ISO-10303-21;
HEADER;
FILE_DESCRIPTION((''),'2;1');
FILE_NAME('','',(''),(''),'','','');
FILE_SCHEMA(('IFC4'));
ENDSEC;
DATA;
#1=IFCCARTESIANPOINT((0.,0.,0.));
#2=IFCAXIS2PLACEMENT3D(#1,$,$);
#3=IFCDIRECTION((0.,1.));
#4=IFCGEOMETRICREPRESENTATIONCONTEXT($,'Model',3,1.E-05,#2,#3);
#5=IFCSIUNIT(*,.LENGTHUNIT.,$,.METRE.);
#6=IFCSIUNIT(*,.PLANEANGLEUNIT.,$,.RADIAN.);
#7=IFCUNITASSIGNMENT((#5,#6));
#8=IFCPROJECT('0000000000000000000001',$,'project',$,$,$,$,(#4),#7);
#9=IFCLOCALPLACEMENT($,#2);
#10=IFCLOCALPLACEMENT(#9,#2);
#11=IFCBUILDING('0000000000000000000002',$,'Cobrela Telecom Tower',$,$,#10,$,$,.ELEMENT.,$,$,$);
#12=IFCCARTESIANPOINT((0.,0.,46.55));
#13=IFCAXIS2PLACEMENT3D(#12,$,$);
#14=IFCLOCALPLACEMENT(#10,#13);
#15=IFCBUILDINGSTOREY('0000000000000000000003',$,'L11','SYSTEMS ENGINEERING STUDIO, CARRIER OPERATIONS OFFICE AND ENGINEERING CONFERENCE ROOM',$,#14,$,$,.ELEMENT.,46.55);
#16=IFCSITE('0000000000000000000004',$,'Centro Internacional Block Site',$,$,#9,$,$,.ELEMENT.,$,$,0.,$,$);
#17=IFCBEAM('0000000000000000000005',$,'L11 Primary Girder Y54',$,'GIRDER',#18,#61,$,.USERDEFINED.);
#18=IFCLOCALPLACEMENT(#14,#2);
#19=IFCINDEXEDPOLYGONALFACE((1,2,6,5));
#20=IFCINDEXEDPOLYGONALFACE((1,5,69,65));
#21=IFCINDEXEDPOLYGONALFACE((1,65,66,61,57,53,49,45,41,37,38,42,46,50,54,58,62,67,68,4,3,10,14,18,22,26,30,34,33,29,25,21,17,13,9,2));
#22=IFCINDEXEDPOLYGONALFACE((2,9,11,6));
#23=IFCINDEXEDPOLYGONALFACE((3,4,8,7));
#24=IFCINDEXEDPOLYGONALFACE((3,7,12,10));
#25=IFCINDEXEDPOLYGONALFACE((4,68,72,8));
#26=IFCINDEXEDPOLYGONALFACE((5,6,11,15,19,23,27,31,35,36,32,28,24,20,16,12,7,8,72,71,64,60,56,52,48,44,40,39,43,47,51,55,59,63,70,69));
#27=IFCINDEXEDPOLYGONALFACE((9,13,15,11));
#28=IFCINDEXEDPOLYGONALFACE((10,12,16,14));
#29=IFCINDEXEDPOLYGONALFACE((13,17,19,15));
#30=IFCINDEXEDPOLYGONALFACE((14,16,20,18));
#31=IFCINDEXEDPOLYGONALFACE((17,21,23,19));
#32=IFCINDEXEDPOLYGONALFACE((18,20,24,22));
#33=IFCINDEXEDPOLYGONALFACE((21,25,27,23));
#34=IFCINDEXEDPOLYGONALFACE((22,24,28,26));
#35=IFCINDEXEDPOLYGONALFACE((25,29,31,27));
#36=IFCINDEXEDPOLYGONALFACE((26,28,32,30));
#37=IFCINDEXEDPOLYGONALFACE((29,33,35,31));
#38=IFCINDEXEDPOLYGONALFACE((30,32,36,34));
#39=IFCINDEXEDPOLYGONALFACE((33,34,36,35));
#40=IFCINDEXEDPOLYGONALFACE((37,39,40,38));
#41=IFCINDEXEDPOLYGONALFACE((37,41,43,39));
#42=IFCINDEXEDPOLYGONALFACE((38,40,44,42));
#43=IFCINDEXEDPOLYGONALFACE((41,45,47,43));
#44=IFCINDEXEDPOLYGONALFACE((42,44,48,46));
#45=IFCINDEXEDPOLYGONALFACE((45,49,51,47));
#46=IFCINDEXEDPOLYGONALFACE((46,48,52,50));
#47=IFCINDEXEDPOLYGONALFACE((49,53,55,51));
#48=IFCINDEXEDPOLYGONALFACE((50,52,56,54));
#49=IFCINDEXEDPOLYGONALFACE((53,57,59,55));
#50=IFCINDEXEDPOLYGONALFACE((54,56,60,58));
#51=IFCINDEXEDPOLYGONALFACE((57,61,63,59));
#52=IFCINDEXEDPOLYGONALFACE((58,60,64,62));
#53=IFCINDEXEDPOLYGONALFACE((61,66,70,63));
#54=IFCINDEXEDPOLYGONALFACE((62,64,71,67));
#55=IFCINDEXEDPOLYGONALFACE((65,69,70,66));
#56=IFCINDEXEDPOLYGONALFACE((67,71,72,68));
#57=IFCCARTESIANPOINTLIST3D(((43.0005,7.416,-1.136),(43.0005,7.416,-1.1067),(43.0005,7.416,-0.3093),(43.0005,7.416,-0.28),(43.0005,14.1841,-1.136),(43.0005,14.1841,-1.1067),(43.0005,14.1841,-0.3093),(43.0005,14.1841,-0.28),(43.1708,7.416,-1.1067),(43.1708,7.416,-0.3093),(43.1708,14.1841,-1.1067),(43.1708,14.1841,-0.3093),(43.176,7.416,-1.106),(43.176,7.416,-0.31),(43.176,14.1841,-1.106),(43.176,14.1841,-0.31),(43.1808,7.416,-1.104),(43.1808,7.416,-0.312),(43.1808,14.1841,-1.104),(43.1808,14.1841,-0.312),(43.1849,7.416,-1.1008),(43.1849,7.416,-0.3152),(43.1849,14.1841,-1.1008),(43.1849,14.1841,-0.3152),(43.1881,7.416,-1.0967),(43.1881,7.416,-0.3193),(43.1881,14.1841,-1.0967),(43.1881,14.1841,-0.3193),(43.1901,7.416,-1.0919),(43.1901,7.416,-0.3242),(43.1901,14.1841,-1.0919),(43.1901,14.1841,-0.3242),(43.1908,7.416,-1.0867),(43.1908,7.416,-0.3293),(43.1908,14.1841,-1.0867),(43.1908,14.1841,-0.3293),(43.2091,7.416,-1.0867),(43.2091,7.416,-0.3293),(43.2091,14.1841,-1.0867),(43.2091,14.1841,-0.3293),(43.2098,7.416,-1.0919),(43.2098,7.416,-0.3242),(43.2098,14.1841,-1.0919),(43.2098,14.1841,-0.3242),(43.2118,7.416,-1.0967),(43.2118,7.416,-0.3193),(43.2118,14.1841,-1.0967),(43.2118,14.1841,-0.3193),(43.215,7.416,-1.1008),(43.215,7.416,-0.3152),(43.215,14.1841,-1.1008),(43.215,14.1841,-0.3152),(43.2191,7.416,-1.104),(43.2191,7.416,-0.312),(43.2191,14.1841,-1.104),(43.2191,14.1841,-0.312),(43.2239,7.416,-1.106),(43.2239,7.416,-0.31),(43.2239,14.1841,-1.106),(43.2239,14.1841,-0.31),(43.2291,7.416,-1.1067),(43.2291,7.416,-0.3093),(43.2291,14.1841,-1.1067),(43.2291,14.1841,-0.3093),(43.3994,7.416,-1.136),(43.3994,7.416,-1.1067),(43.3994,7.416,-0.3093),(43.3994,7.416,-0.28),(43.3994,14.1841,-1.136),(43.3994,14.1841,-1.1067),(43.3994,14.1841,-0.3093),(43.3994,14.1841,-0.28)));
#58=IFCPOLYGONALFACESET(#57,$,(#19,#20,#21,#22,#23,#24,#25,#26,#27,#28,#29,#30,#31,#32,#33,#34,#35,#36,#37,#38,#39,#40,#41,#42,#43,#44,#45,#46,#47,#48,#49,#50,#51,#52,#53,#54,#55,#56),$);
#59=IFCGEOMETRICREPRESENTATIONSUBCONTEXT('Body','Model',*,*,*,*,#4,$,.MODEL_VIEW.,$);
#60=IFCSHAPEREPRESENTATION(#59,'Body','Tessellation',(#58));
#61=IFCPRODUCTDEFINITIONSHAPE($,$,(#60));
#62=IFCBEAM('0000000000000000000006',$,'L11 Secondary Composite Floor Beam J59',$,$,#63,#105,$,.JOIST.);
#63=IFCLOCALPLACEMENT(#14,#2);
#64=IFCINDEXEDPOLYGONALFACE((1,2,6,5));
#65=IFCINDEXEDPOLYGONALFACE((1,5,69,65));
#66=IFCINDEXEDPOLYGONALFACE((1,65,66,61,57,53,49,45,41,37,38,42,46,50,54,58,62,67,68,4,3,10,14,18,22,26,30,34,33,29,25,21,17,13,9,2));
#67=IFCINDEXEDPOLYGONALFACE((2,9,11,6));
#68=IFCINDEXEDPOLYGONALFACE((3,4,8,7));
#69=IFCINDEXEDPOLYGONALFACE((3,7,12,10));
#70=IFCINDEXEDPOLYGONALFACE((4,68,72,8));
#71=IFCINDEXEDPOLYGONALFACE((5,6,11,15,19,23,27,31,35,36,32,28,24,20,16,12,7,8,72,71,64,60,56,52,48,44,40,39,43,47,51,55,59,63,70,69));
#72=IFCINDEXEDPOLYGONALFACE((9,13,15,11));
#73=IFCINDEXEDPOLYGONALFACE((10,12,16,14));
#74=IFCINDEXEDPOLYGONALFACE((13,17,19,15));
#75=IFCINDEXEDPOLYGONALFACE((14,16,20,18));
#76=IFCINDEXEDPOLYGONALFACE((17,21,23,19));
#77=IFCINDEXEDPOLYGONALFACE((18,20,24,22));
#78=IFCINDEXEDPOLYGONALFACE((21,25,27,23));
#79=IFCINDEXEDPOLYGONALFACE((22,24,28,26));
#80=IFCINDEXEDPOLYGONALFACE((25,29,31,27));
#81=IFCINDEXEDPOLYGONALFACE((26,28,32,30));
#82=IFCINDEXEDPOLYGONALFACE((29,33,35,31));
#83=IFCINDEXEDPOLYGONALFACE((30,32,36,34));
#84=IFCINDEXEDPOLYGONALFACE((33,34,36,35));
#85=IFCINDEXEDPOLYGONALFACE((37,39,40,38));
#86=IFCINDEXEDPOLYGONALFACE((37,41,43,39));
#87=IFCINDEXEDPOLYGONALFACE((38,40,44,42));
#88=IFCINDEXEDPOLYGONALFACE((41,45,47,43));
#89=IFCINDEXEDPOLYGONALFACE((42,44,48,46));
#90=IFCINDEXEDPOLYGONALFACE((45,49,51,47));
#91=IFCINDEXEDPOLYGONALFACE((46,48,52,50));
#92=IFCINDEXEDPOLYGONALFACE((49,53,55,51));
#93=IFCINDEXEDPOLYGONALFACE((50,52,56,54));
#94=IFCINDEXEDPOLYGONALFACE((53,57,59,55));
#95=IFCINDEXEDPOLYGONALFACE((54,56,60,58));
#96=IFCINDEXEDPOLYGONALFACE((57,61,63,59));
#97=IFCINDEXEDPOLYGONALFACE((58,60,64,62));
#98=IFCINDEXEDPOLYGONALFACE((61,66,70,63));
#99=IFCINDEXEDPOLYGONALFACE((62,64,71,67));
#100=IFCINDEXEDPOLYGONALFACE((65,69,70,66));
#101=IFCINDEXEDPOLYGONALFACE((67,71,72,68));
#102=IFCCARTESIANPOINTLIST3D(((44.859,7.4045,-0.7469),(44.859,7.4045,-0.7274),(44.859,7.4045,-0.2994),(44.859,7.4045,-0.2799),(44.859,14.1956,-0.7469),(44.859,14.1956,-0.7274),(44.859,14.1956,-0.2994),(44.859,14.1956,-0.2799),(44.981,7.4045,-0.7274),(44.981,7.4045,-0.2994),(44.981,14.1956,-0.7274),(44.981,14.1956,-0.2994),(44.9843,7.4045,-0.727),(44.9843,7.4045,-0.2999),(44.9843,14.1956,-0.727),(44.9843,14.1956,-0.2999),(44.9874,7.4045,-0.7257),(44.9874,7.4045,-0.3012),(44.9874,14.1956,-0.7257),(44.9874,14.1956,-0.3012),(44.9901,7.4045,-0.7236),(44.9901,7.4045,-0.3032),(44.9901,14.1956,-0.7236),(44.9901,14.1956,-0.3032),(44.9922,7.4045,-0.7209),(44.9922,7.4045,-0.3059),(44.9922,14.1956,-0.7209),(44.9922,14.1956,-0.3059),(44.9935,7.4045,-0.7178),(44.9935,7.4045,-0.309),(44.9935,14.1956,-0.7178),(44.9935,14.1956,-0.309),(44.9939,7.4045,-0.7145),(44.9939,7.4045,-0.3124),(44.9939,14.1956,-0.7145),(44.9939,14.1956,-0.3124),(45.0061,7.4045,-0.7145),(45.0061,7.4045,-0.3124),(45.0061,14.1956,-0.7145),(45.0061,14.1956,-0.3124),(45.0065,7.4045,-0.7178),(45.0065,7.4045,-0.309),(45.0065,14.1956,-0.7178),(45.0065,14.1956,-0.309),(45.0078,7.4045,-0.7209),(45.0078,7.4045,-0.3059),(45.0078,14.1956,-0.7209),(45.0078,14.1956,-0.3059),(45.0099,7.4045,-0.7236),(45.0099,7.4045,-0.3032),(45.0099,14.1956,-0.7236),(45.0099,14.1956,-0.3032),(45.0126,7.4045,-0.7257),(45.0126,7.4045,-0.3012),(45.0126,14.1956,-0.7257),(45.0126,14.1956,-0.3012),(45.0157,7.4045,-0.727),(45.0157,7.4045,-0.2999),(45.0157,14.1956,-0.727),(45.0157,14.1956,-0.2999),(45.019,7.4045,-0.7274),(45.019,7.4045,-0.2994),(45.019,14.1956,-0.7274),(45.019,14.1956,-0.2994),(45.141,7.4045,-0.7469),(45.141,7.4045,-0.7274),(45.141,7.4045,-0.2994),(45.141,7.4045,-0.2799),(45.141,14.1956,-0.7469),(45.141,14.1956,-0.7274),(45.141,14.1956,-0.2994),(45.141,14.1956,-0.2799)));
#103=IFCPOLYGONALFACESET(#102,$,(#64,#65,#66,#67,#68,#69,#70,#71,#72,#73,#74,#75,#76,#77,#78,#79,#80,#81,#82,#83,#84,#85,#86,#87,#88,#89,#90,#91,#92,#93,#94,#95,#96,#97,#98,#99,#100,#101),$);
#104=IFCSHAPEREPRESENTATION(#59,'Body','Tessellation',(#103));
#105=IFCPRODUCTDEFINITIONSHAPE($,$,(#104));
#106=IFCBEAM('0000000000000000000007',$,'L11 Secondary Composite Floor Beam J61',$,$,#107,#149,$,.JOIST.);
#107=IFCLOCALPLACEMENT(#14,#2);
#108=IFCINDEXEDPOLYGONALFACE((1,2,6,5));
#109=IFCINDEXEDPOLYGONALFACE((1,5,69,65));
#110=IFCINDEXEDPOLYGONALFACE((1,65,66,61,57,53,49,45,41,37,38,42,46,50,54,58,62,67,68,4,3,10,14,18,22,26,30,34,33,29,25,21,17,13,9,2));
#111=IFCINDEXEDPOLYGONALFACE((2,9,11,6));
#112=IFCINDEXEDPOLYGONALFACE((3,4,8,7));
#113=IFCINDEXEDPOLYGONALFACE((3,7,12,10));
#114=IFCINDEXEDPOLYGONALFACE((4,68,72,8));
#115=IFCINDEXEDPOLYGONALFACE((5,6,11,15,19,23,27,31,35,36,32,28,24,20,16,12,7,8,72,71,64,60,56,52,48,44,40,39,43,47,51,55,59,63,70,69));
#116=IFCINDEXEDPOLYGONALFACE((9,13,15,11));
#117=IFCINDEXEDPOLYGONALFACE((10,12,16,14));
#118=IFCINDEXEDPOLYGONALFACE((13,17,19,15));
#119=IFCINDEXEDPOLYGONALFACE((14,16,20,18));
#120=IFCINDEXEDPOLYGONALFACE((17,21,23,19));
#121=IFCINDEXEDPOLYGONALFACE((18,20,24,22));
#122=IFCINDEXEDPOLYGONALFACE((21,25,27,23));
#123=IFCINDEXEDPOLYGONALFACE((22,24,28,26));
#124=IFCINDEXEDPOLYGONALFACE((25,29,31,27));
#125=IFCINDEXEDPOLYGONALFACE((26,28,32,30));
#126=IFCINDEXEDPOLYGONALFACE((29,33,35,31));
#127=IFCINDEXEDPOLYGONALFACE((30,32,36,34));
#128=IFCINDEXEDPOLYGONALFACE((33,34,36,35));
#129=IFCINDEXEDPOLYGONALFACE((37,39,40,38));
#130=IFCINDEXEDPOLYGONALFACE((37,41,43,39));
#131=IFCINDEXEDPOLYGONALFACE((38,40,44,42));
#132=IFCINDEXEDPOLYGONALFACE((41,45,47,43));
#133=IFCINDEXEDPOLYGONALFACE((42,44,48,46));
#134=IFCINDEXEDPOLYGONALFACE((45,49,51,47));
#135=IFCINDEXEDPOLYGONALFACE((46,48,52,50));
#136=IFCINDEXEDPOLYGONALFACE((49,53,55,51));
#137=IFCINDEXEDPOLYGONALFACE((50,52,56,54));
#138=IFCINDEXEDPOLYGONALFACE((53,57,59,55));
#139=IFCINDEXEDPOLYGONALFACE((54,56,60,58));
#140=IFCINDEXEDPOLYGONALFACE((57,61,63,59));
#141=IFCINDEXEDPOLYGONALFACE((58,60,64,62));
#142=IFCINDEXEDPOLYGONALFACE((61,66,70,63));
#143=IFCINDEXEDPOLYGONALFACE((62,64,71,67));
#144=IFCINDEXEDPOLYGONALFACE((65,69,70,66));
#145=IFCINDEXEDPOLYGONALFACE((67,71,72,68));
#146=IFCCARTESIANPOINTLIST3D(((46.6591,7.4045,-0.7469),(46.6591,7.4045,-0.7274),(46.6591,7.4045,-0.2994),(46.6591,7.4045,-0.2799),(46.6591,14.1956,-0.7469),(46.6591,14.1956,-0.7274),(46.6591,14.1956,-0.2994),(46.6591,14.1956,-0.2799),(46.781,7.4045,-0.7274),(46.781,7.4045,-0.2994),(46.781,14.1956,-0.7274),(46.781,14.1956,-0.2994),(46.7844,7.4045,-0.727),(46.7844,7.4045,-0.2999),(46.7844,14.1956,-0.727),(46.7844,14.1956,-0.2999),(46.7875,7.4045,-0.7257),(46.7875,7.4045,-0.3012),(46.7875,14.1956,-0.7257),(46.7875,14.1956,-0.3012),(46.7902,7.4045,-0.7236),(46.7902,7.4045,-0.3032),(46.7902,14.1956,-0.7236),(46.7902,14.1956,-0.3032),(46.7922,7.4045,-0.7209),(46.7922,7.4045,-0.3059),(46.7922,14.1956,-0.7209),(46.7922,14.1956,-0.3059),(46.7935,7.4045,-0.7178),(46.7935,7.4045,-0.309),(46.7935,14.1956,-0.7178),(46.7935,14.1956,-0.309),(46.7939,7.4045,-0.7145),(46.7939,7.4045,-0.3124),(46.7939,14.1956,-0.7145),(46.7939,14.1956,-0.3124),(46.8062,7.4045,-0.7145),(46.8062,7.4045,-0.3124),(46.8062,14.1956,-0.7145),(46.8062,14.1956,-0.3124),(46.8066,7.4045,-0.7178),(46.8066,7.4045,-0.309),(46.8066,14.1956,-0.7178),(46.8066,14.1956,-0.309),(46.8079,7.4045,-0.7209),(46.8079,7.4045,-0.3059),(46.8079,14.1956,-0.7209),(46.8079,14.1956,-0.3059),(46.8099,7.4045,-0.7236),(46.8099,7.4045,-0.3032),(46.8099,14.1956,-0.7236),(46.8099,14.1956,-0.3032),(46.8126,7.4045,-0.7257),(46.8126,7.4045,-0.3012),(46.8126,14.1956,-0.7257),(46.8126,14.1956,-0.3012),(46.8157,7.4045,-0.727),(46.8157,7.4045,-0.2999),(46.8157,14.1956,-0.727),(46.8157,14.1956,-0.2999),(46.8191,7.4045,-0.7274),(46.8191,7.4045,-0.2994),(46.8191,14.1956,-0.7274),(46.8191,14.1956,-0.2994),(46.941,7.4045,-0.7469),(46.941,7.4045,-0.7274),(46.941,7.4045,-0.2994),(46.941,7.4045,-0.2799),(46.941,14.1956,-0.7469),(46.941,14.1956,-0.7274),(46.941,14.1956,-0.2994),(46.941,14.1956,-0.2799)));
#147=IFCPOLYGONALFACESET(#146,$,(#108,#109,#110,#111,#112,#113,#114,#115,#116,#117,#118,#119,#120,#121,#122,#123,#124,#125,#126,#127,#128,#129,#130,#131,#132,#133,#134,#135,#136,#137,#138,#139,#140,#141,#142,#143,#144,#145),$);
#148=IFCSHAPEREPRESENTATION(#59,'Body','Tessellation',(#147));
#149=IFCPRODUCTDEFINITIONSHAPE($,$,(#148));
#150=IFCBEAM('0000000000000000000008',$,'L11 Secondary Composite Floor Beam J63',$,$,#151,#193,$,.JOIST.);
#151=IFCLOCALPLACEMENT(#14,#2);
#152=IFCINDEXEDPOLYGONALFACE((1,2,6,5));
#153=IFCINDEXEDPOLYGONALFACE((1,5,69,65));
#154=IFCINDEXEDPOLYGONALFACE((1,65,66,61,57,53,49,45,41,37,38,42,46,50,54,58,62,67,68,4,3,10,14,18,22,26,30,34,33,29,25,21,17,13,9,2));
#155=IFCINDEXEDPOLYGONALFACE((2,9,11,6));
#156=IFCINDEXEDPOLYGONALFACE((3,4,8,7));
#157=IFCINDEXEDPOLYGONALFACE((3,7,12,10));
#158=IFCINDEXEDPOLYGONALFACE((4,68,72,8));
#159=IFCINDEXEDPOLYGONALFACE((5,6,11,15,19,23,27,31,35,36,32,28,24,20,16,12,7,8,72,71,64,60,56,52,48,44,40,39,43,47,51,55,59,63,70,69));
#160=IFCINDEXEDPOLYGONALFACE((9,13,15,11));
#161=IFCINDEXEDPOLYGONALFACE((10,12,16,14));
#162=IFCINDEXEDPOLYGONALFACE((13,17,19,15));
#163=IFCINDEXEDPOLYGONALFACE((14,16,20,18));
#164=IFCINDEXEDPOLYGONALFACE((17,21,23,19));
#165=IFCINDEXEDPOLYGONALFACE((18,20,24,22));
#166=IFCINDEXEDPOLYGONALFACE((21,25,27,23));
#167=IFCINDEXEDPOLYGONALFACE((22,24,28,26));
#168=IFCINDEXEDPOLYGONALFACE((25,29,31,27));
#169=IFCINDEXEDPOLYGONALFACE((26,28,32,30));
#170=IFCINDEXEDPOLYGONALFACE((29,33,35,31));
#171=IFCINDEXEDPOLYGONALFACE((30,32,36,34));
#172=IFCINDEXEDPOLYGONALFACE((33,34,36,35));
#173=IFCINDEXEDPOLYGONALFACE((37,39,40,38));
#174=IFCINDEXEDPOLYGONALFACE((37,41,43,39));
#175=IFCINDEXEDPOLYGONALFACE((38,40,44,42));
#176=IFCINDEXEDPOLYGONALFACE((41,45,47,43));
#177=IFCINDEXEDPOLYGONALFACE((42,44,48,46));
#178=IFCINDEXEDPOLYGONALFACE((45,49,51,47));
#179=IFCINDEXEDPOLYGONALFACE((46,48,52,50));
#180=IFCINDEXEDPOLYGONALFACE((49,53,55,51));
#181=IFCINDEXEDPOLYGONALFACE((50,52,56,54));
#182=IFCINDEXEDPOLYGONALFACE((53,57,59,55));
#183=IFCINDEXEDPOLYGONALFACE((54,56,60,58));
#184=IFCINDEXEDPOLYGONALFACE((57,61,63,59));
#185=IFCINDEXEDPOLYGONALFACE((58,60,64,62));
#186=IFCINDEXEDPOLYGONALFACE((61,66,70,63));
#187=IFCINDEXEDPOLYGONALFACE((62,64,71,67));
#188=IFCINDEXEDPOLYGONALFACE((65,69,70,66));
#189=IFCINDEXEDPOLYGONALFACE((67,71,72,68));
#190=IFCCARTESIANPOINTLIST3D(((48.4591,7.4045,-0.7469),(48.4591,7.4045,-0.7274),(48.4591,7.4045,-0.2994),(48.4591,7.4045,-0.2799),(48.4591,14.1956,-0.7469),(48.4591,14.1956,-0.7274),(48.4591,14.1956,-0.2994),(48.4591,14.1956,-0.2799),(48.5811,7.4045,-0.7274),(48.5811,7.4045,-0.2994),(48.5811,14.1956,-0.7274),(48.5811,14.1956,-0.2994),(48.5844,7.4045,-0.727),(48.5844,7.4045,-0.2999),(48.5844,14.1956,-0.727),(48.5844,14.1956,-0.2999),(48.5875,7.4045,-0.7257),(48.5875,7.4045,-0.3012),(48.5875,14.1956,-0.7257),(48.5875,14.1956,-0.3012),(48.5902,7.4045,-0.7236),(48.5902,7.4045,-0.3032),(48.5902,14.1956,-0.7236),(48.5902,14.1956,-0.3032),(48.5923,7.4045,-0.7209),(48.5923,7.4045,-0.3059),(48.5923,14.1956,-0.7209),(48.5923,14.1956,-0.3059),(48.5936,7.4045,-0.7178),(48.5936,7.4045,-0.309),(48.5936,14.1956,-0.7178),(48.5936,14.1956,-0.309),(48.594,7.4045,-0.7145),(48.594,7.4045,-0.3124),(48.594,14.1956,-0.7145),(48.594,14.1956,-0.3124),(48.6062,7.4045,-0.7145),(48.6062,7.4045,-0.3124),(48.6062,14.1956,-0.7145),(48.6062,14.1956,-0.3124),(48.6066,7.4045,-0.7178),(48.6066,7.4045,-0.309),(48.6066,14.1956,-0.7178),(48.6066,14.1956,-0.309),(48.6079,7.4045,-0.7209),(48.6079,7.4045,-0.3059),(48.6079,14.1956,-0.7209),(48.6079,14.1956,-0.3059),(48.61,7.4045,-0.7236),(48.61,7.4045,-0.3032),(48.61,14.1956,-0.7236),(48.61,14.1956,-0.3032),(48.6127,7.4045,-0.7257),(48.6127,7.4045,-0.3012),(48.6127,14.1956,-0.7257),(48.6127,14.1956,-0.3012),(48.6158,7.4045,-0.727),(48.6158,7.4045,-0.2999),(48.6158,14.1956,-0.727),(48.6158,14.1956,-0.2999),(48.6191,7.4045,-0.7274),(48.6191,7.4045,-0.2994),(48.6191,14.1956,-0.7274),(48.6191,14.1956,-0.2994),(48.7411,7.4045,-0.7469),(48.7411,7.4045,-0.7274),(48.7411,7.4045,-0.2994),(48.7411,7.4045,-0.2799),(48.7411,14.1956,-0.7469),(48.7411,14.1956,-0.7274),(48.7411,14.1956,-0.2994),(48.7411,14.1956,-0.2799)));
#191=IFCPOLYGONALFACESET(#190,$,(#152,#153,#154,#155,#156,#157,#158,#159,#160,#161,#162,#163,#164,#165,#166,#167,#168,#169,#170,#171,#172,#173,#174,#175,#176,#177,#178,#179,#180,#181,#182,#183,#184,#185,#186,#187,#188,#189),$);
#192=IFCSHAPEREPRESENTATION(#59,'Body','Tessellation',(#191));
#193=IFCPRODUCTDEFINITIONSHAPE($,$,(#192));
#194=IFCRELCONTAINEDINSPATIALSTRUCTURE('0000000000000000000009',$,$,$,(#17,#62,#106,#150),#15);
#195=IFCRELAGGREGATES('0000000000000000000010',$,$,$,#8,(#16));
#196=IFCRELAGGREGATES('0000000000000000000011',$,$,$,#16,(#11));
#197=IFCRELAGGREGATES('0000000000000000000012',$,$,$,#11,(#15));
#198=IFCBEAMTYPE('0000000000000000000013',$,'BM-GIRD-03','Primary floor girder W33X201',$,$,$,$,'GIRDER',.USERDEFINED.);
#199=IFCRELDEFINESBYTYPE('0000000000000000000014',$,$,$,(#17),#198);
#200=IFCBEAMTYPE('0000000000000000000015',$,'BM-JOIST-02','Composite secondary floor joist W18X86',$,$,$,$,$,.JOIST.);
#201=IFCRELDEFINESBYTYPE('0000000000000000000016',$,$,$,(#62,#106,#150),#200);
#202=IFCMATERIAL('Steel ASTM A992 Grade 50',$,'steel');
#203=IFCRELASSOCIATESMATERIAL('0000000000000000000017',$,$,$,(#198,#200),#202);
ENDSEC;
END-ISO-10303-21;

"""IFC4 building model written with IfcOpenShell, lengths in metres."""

from ifc_helpers import new_model, si_unit, direction, frame, origin, origin_2d, place, context, subcontext, project, spatial, i_section, extrude, material, material_profile, profile_set, type_object, element, save


model = new_model("IFC4")

# Units and contexts
model_context = context("Model", 3, precision=1e-05, world=origin(), true_north=direction((0.0, 1.0)))
body_context = subcontext(model_context, "Body", "Model", "MODEL_VIEW")
ifc_project = project(units=[si_unit("LENGTHUNIT", "METRE"), si_unit("PLANEANGLEUNIT", "RADIAN")], contexts=[model_context])

# Site, building, storey
site_placement = place(None, origin())
site = spatial("IfcSite", under=ifc_project, at=site_placement, Name="Centro Internacional Block Site", CompositionType="ELEMENT", RefElevation=0.0)
building_placement = place(site_placement, origin())
building = spatial("IfcBuilding", under=site, at=building_placement, Name="Cobrela Telecom Tower", CompositionType="ELEMENT")
storey_placement = place(building_placement, frame((0.0, 0.0, 46.55)))
storey = spatial("IfcBuildingStorey", under=building, at=storey_placement, Name="L11", Description="SYSTEMS ENGINEERING STUDIO, CARRIER OPERATIONS OFFICE AND ENGINEERING CONFERENCE ROOM", CompositionType="ELEMENT", Elevation=46.55)

# Shared definitions
ifc_material_1 = material(Name="Steel ASTM A992 Grade 50", Category="steel")

# Beams
ifc_material_profile_1 = material_profile(ifc_material_1, i_section(OverallWidth=0.3989, OverallDepth=0.856, WebThickness=0.0183, FlangeThickness=0.0293, FilletRadius=0.02, at=origin_2d()), Name="W33X201")
ifc_profile_set_1 = profile_set([ifc_material_profile_1], Name="Steel ASTM A992 Grade 50")
beam_type_1 = type_object("IfcBeamType", Name="BM-GIRD-03", Description="Primary floor girder W33X201", ElementType="GIRDER", PredefinedType="USERDEFINED", material=ifc_profile_set_1)
beam_1_placement = place(storey_placement, frame((43.2, 7.416, -0.708), z_axis=(0.0, 1.0, 0.0), x_axis=(-1.0, 0.0, 0.0)))
element("IfcBeam", 1, at=beam_1_placement, inside=storey, type_object=beam_type_1, Name="L11 Primary Girder Y54", ObjectType="GIRDER", PredefinedType="USERDEFINED", context=body_context, shape_type="SweptSolid", body=[
    extrude(i_section(OverallWidth=0.3989, OverallDepth=0.856, WebThickness=0.0183, FlangeThickness=0.0293, FilletRadius=0.02, at=origin_2d()), origin(), (0.0, 0.0, 1.0), 6.7681),
])
ifc_material_profile_2 = material_profile(ifc_material_1, i_section(OverallWidth=0.282, OverallDepth=0.467, WebThickness=0.0122, FlangeThickness=0.0195, FilletRadius=0.0129, at=origin_2d()), Name="W18X86")
ifc_profile_set_2 = profile_set([ifc_material_profile_2], Name="Steel ASTM A992 Grade 50")
beam_type_2 = type_object("IfcBeamType", Name="BM-JOIST-02", Description="Composite secondary floor joist W18X86", PredefinedType="JOIST", material=ifc_profile_set_2)
for number, where, z_axis, x_axis, name in (
    (2, (45.0, 7.4045, -0.5134), (0.0, 1.0, 0.0), (-1.0, 0.0, 0.0), "L11 Secondary Composite Floor Beam J59"),
    (3, (46.8, 7.4045, -0.5134), (0.0, 1.0, 0.0), (-1.0, 0.0, 0.0), "L11 Secondary Composite Floor Beam J61"),
    (4, (48.6001, 7.4045, -0.5134), (0.0, 1.0, 0.0), (-1.0, 0.0, 0.0), "L11 Secondary Composite Floor Beam J63"),
):
    element("IfcBeam", number, at=place(storey_placement, frame(where, z_axis=z_axis, x_axis=x_axis)), inside=storey, type_object=beam_type_2, Name=name, PredefinedType="JOIST", context=body_context, shape_type="SweptSolid", body=[
        extrude(i_section(OverallWidth=0.282, OverallDepth=0.467, WebThickness=0.0122, FlangeThickness=0.0195, FilletRadius=0.0129, at=origin_2d()), origin(), (0.0, 0.0, 1.0), 6.791),
    ])

save(model, "model.ifc")
